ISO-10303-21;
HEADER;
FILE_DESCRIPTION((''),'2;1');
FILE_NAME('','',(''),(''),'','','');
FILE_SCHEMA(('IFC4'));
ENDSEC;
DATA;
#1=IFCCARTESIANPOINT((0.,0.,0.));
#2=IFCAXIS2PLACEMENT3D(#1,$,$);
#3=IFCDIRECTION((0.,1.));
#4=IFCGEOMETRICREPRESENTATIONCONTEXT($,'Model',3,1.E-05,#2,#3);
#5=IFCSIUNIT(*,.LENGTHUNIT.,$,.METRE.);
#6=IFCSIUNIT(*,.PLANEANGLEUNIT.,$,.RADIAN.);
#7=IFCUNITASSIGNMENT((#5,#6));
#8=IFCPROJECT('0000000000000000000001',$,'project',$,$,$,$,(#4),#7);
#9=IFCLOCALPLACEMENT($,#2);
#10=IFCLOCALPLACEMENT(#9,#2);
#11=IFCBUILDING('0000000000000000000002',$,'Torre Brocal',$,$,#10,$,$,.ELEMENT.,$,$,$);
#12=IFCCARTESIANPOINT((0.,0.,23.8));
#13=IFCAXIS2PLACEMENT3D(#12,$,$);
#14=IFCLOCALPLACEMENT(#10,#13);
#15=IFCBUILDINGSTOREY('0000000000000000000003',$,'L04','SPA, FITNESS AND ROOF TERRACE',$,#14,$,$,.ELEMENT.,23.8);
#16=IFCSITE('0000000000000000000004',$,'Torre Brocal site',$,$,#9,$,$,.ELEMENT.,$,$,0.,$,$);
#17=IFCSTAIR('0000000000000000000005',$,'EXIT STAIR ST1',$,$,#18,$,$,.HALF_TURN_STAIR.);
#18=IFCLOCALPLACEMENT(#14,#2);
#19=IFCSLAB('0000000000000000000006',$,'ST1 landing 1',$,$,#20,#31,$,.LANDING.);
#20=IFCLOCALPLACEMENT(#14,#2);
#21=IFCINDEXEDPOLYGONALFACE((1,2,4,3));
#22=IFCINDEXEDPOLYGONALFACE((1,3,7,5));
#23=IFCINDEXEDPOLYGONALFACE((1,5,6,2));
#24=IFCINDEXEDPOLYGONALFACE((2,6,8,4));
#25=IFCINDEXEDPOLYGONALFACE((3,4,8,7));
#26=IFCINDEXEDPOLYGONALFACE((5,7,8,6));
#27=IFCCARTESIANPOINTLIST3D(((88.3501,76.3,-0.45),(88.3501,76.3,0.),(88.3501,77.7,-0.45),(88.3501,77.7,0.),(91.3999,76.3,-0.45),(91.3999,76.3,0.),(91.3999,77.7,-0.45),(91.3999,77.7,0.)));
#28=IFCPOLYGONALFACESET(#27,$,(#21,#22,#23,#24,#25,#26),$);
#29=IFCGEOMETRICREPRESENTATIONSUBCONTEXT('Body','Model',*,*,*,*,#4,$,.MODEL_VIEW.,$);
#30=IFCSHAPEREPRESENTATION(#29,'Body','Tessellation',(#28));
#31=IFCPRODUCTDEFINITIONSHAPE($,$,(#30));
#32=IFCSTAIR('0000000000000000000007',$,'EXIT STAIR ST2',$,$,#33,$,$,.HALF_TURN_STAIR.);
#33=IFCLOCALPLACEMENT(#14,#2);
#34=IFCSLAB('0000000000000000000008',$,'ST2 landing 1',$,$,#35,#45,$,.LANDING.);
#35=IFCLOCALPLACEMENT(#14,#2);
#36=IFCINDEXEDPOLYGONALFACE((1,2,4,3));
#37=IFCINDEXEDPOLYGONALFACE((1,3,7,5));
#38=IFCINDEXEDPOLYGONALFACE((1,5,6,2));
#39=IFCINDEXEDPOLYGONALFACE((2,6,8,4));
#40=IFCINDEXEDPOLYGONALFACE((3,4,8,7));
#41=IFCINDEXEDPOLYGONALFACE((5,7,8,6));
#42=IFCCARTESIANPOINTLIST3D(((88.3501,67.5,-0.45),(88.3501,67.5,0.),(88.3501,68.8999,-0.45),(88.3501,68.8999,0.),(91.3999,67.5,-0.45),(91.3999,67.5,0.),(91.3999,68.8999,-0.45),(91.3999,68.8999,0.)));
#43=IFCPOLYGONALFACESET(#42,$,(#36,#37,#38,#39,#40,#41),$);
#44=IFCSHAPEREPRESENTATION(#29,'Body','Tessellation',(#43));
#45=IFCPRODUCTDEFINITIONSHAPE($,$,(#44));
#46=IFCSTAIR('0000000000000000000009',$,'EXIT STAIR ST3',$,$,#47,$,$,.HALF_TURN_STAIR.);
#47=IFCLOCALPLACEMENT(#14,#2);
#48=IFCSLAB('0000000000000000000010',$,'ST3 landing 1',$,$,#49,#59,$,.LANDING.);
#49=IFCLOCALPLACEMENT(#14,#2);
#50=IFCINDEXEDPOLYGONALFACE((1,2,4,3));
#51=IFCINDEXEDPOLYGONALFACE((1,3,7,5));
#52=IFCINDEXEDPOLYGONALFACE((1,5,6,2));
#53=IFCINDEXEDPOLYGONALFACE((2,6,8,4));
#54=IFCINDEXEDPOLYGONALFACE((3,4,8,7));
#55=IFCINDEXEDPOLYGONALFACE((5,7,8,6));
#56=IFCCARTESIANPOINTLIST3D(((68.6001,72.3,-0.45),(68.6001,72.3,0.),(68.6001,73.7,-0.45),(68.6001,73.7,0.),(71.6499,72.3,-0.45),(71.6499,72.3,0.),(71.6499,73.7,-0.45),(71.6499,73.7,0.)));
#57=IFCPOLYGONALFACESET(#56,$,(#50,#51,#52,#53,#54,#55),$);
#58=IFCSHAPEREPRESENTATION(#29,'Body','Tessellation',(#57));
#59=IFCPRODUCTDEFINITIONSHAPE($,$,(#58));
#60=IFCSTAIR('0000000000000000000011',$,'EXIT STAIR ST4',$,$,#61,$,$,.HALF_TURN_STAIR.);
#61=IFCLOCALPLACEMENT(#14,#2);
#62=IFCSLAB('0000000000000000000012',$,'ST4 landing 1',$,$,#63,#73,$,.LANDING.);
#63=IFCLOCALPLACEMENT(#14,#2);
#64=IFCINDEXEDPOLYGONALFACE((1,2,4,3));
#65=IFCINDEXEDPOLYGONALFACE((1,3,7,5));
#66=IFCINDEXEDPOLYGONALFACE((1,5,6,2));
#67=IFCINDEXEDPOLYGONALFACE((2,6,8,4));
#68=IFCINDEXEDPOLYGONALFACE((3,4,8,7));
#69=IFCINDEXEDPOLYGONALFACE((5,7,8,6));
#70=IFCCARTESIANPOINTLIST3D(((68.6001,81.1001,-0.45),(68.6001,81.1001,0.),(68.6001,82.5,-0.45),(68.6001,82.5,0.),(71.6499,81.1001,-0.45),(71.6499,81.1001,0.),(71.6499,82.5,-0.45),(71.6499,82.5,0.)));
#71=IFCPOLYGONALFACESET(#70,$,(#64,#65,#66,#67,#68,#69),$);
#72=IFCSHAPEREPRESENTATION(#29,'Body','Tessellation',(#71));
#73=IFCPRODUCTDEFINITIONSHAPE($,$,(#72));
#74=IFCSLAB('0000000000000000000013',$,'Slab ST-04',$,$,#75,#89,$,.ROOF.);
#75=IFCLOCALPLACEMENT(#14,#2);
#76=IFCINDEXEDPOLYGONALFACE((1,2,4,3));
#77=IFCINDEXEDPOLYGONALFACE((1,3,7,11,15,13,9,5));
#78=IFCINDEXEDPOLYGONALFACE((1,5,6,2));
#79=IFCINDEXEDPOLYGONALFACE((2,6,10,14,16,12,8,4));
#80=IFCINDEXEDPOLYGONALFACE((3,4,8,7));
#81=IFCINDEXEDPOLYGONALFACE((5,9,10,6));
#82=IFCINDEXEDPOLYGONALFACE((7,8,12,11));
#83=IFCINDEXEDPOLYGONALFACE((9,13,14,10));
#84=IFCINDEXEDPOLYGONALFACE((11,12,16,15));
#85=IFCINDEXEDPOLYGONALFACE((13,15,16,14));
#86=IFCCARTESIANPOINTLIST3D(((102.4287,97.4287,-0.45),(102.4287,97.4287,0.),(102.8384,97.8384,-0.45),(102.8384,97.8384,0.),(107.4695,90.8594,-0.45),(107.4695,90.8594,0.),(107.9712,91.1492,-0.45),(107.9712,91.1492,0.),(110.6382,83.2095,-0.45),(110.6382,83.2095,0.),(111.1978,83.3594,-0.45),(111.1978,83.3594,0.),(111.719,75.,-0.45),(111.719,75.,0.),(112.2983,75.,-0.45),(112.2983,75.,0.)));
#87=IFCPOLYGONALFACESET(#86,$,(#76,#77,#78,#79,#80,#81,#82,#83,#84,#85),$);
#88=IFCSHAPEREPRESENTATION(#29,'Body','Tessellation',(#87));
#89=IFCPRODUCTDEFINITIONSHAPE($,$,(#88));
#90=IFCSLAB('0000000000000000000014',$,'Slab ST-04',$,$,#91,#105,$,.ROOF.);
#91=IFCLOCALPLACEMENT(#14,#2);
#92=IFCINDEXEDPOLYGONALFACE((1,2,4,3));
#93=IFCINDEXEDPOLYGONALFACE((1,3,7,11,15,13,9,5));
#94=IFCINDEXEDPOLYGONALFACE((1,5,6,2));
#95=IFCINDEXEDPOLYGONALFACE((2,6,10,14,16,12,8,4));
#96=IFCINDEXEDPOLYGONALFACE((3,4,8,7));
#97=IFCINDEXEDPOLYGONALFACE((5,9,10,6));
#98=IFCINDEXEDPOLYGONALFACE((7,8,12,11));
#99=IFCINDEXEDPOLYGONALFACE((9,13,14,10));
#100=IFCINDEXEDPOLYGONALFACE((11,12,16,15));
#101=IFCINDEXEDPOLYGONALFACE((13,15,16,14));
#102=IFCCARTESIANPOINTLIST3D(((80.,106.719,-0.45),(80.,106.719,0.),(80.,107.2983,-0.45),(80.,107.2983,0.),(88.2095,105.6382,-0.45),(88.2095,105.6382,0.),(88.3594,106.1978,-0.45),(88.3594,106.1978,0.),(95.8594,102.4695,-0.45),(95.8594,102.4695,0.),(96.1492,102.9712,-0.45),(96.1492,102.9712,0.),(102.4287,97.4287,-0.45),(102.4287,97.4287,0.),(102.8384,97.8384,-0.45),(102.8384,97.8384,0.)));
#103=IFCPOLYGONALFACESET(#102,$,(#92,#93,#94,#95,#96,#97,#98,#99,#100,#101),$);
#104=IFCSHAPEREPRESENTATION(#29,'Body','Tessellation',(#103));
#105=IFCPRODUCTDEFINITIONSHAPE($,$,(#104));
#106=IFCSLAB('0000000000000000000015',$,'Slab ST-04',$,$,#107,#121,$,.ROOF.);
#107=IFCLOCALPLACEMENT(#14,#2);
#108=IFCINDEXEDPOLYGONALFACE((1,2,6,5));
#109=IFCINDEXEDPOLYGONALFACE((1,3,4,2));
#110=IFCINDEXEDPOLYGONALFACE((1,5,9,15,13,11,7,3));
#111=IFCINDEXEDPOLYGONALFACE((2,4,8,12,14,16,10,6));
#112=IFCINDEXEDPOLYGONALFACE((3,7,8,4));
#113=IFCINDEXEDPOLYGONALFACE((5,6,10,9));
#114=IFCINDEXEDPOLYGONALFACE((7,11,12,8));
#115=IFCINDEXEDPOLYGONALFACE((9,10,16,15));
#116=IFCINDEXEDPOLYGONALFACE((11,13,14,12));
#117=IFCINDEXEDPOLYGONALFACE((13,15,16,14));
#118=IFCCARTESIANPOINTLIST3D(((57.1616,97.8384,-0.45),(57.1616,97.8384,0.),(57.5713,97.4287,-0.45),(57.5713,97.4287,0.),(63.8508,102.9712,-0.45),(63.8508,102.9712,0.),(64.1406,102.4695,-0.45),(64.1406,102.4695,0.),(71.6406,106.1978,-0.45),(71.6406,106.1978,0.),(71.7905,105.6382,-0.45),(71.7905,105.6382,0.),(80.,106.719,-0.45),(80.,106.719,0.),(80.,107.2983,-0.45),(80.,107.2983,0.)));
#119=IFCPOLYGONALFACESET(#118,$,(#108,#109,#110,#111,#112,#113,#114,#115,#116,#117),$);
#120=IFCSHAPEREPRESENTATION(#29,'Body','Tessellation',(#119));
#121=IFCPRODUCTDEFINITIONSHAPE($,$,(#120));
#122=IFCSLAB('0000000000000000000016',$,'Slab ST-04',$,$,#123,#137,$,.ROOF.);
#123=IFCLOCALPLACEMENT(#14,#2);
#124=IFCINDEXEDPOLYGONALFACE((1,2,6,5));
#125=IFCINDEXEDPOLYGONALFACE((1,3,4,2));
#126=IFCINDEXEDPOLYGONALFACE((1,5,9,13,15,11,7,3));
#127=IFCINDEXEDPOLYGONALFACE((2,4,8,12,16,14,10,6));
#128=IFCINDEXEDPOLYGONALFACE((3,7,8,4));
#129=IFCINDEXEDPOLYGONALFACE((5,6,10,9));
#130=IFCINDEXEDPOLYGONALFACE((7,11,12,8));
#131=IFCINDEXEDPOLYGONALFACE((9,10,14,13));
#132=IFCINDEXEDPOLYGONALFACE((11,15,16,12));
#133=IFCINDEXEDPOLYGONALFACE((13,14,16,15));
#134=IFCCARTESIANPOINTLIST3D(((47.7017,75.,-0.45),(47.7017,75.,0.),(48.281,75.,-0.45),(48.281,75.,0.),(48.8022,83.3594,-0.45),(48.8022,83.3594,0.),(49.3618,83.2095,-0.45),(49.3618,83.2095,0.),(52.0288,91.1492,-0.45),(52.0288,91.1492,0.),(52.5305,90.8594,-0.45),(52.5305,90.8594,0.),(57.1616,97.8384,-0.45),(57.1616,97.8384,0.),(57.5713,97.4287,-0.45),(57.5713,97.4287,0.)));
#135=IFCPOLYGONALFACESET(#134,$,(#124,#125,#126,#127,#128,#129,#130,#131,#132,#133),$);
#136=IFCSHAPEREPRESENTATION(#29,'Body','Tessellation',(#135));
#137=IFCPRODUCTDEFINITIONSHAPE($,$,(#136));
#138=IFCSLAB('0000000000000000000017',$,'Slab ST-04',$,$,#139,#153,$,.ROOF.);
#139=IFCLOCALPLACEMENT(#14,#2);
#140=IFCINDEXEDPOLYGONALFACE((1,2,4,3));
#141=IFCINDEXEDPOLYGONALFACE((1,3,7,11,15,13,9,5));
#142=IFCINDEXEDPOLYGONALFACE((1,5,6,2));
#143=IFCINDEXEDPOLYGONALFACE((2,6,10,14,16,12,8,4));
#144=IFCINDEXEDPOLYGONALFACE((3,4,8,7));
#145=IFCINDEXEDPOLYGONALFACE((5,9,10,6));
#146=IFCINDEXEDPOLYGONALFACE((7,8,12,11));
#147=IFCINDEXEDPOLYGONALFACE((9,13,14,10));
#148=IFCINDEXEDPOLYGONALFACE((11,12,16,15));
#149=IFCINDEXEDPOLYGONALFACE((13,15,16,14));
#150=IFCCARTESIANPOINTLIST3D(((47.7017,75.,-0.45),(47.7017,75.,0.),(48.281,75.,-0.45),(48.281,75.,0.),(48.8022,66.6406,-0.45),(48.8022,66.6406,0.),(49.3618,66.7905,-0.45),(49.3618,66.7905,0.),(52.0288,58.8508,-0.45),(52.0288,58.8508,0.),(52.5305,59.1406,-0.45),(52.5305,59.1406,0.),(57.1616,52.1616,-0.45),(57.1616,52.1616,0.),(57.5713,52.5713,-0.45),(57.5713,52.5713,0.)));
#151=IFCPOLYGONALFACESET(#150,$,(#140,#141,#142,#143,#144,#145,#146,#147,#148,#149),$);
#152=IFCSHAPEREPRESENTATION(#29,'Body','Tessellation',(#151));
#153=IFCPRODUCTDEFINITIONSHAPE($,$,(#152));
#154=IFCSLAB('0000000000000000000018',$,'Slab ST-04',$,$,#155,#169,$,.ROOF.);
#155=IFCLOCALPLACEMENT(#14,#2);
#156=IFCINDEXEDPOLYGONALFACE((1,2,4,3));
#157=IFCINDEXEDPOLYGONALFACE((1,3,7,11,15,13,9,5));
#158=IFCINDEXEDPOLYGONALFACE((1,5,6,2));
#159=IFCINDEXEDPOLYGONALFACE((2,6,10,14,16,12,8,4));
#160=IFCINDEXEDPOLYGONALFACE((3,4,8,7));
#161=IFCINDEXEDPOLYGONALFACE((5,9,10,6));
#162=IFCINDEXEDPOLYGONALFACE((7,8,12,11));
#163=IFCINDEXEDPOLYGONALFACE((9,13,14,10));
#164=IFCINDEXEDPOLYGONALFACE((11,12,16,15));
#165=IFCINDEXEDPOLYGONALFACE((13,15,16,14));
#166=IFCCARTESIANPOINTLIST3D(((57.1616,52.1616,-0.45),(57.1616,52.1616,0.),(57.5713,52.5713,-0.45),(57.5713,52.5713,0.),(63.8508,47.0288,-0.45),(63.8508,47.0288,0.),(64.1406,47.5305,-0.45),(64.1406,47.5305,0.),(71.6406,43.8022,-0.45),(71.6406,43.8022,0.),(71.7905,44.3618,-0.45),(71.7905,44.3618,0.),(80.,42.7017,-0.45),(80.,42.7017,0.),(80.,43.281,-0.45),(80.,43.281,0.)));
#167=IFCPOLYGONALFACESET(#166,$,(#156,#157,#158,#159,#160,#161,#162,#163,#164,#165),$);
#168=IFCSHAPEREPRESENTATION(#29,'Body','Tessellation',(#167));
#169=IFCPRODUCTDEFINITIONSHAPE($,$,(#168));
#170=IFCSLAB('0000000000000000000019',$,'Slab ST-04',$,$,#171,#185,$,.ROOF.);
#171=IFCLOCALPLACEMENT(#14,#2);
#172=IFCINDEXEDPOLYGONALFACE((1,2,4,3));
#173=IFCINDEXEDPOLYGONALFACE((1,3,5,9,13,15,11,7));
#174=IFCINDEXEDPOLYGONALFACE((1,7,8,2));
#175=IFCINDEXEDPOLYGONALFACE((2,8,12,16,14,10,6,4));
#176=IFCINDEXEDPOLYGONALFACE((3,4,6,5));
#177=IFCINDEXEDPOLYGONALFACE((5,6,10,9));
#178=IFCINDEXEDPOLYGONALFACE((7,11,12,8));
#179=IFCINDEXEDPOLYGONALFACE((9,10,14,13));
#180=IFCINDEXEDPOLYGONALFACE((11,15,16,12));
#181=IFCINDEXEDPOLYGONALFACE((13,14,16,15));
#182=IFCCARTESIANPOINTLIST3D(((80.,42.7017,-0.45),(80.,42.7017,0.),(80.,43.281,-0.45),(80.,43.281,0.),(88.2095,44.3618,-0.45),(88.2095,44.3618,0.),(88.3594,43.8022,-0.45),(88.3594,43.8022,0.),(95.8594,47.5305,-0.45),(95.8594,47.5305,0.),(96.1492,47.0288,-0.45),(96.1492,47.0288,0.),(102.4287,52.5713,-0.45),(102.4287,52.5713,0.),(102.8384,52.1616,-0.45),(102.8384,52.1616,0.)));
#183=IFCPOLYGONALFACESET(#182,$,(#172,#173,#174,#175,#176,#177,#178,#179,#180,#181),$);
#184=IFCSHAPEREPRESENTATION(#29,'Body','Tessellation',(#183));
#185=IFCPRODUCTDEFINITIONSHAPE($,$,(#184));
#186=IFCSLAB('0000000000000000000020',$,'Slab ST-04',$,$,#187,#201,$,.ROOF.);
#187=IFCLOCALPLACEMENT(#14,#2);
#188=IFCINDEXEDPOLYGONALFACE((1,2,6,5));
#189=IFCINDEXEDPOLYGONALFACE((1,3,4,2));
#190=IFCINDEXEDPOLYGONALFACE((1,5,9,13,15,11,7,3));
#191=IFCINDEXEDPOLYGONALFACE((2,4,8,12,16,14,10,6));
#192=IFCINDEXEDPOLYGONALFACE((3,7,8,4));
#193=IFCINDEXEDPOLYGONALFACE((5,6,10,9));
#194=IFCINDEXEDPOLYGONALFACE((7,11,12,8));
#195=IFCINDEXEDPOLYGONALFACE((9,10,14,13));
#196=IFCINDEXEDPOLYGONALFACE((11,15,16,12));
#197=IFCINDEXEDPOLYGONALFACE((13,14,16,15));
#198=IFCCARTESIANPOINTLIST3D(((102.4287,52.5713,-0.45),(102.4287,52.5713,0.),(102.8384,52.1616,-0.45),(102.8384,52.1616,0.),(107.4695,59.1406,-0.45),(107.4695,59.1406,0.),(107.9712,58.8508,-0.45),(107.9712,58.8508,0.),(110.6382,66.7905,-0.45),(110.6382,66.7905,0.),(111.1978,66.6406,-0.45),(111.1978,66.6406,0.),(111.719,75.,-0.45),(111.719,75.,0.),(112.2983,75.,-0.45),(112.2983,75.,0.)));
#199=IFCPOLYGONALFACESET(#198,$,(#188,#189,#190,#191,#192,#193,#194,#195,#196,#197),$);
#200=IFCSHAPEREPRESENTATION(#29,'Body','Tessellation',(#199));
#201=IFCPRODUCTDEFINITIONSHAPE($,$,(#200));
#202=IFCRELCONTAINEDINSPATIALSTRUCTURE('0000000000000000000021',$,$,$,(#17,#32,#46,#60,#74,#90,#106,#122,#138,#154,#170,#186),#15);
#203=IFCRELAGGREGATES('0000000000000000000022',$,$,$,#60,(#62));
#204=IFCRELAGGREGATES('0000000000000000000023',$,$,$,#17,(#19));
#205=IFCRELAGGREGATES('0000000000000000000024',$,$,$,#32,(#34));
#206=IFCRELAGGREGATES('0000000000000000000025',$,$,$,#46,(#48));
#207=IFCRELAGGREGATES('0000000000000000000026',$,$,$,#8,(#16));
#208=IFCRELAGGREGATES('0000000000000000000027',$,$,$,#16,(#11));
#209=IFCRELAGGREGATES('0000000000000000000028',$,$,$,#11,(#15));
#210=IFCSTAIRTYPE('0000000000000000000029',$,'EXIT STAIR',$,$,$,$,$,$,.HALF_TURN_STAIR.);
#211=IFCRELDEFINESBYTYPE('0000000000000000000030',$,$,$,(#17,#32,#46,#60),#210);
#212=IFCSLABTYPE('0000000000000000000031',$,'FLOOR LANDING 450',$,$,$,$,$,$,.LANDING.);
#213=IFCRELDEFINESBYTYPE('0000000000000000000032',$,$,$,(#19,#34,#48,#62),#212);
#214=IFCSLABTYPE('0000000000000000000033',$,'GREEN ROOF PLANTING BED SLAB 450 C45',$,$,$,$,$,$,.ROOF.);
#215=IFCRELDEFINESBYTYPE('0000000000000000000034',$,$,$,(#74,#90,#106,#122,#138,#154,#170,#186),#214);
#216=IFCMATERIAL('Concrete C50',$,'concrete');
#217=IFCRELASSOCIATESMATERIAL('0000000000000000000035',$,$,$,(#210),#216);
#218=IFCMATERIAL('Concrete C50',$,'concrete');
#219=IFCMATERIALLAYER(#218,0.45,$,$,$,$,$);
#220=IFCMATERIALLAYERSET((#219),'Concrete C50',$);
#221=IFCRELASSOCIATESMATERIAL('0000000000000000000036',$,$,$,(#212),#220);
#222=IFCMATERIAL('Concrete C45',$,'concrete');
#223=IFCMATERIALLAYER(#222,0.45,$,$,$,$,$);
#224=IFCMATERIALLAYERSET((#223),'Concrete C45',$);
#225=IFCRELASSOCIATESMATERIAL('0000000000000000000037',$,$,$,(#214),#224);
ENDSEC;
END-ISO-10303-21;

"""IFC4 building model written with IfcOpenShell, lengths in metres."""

from ifc_helpers import new_model, si_unit, direction, frame, origin, place, context, subcontext, project, spatial, polyline, outline, extrude, material, layer, layer_set, type_object, element, aggregate, save


model = new_model("IFC4")

# Units and contexts
model_context = context("Model", 3, precision=1e-05, world=origin(), true_north=direction((0.0, 1.0)))
body_context = subcontext(model_context, "Body", "Model", "MODEL_VIEW")
ifc_project = project(units=[si_unit("LENGTHUNIT", "METRE"), si_unit("PLANEANGLEUNIT", "RADIAN")], contexts=[model_context])

# Site, building, storey
site_placement = place(None, origin())
site = spatial("IfcSite", under=ifc_project, at=site_placement, Name="Torre Brocal site", CompositionType="ELEMENT", RefElevation=0.0)
building_placement = place(site_placement, origin())
building = spatial("IfcBuilding", under=site, at=building_placement, Name="Torre Brocal", CompositionType="ELEMENT")
storey_placement = place(building_placement, frame((0.0, 0.0, 23.8)))
storey = spatial("IfcBuildingStorey", under=building, at=storey_placement, Name="L04", Description="SPA, FITNESS AND ROOF TERRACE", CompositionType="ELEMENT", Elevation=23.8)

# Stairs, slabs
ifc_material_1 = material(Name="Concrete C50", Category="concrete")
stair_type = type_object("IfcStairType", Name="EXIT STAIR", PredefinedType="HALF_TURN_STAIR", material=ifc_material_1)
stair_1_placement = place(storey_placement, origin())
stair_1 = element("IfcStair", 1, at=stair_1_placement, inside=storey, type_object=stair_type, Name="EXIT STAIR ST1", PredefinedType="HALF_TURN_STAIR")
ifc_material_2 = material(Name="Concrete C50", Category="concrete")
ifc_layer_1 = layer(ifc_material_2, 0.45)
ifc_layer_set_1 = layer_set([ifc_layer_1], Name="Concrete C50")
slab_type_1 = type_object("IfcSlabType", Name="FLOOR LANDING 450", PredefinedType="LANDING", material=ifc_layer_set_1)
slab_1_placement = place(storey_placement, frame((0.0, 0.0, -0.45)))
slab_1 = element("IfcSlab", 2, at=slab_1_placement, type_object=slab_type_1, Name="ST1 landing 1", PredefinedType="LANDING", context=body_context, shape_type="SweptSolid", body=[
    extrude(outline(polyline([(88.3501, 76.3), (91.3999, 76.3), (91.3999, 77.7), (88.3501, 77.7), (88.3501, 76.3)])), origin(), (0.0, 0.0, 1.0), 0.45),
])
stair_2_placement = place(storey_placement, origin())
stair_2 = element("IfcStair", 3, at=stair_2_placement, inside=storey, type_object=stair_type, Name="EXIT STAIR ST2", PredefinedType="HALF_TURN_STAIR")
slab_2_placement = place(storey_placement, frame((0.0, 0.0, -0.45)))
slab_2 = element("IfcSlab", 4, at=slab_2_placement, type_object=slab_type_1, Name="ST2 landing 1", PredefinedType="LANDING", context=body_context, shape_type="SweptSolid", body=[
    extrude(outline(polyline([(88.3501, 67.5), (91.3999, 67.5), (91.3999, 68.8999), (88.3501, 68.8999), (88.3501, 67.5)])), origin(), (0.0, 0.0, 1.0), 0.45),
])
stair_3_placement = place(storey_placement, origin())
stair_3 = element("IfcStair", 5, at=stair_3_placement, inside=storey, type_object=stair_type, Name="EXIT STAIR ST3", PredefinedType="HALF_TURN_STAIR")
slab_3_placement = place(storey_placement, frame((0.0, 0.0, -0.45)))
slab_3 = element("IfcSlab", 6, at=slab_3_placement, type_object=slab_type_1, Name="ST3 landing 1", PredefinedType="LANDING", context=body_context, shape_type="SweptSolid", body=[
    extrude(outline(polyline([(71.6499, 73.7), (68.6001, 73.7), (68.6001, 72.3), (71.6499, 72.3), (71.6499, 73.7)])), origin(), (0.0, 0.0, 1.0), 0.45),
])
stair_4_placement = place(storey_placement, origin())
stair_4 = element("IfcStair", 7, at=stair_4_placement, inside=storey, type_object=stair_type, Name="EXIT STAIR ST4", PredefinedType="HALF_TURN_STAIR")
slab_4_placement = place(storey_placement, frame((0.0, 0.0, -0.45)))
slab_4 = element("IfcSlab", 8, at=slab_4_placement, type_object=slab_type_1, Name="ST4 landing 1", PredefinedType="LANDING", context=body_context, shape_type="SweptSolid", body=[
    extrude(outline(polyline([(71.6499, 82.5), (68.6001, 82.5), (68.6001, 81.1001), (71.6499, 81.1001), (71.6499, 82.5)])), origin(), (0.0, 0.0, 1.0), 0.45),
])
aggregate(stair_4, [slab_4])

# Slabs
ifc_material_3 = material(Name="Concrete C45", Category="concrete")
ifc_layer_2 = layer(ifc_material_3, 0.45)
ifc_layer_set_2 = layer_set([ifc_layer_2], Name="Concrete C45")
slab_type_2 = type_object("IfcSlabType", Name="GREEN ROOF PLANTING BED SLAB 450 C45", PredefinedType="ROOF", material=ifc_layer_set_2)
slab_5_placement = place(storey_placement, frame((0.0, 0.0, -0.45)))
element("IfcSlab", 9, at=slab_5_placement, inside=storey, type_object=slab_type_2, Name="Slab ST-04", PredefinedType="ROOF", context=body_context, shape_type="SweptSolid", body=[
    extrude(outline(polyline([(112.2983, 75.0), (111.719, 75.0), (110.6382, 83.2095), (107.4695, 90.8594), (102.4287, 97.4287), (102.8384, 97.8384), (107.9712, 91.1492), (111.1978, 83.3594), (112.2983, 75.0)])), origin(), (0.0, 0.0, 1.0), 0.45),
])
slab_6_placement = place(storey_placement, frame((0.0, 0.0, -0.45)))
element("IfcSlab", 10, at=slab_6_placement, inside=storey, type_object=slab_type_2, Name="Slab ST-04", PredefinedType="ROOF", context=body_context, shape_type="SweptSolid", body=[
    extrude(outline(polyline([(102.8384, 97.8384), (102.4287, 97.4287), (95.8594, 102.4695), (88.2095, 105.6382), (80.0, 106.719), (80.0, 107.2983), (88.3594, 106.1978), (96.1492, 102.9712), (102.8384, 97.8384)])), origin(), (0.0, 0.0, 1.0), 0.45),
])
slab_7_placement = place(storey_placement, frame((0.0, 0.0, -0.45)))
element("IfcSlab", 11, at=slab_7_placement, inside=storey, type_object=slab_type_2, Name="Slab ST-04", PredefinedType="ROOF", context=body_context, shape_type="SweptSolid", body=[
    extrude(outline(polyline([(57.1616, 97.8384), (63.8508, 102.9712), (71.6406, 106.1978), (80.0, 107.2983), (80.0, 106.719), (71.7905, 105.6382), (64.1406, 102.4695), (57.5713, 97.4287), (57.1616, 97.8384)])), origin(), (0.0, 0.0, 1.0), 0.45),
])
slab_8_placement = place(storey_placement, frame((0.0, 0.0, -0.45)))
element("IfcSlab", 12, at=slab_8_placement, inside=storey, type_object=slab_type_2, Name="Slab ST-04", PredefinedType="ROOF", context=body_context, shape_type="SweptSolid", body=[
    extrude(outline(polyline([(57.1616, 97.8384), (57.5713, 97.4287), (52.5305, 90.8594), (49.3618, 83.2095), (48.281, 75.0), (47.7017, 75.0), (48.8022, 83.3594), (52.0288, 91.1492), (57.1616, 97.8384)])), origin(), (0.0, 0.0, 1.0), 0.45),
])
slab_9_placement = place(storey_placement, frame((0.0, 0.0, -0.45)))
element("IfcSlab", 13, at=slab_9_placement, inside=storey, type_object=slab_type_2, Name="Slab ST-04", PredefinedType="ROOF", context=body_context, shape_type="SweptSolid", body=[
    extrude(outline(polyline([(47.7017, 75.0), (48.281, 75.0), (49.3618, 66.7905), (52.5305, 59.1406), (57.5713, 52.5713), (57.1616, 52.1616), (52.0288, 58.8508), (48.8022, 66.6406), (47.7017, 75.0)])), origin(), (0.0, 0.0, 1.0), 0.45),
])
slab_10_placement = place(storey_placement, frame((0.0, 0.0, -0.45)))
element("IfcSlab", 14, at=slab_10_placement, inside=storey, type_object=slab_type_2, Name="Slab ST-04", PredefinedType="ROOF", context=body_context, shape_type="SweptSolid", body=[
    extrude(outline(polyline([(57.1616, 52.1616), (57.5713, 52.5713), (64.1406, 47.5305), (71.7905, 44.3618), (80.0, 43.281), (80.0, 42.7017), (71.6406, 43.8022), (63.8508, 47.0288), (57.1616, 52.1616)])), origin(), (0.0, 0.0, 1.0), 0.45),
])
slab_11_placement = place(storey_placement, frame((0.0, 0.0, -0.45)))
element("IfcSlab", 15, at=slab_11_placement, inside=storey, type_object=slab_type_2, Name="Slab ST-04", PredefinedType="ROOF", context=body_context, shape_type="SweptSolid", body=[
    extrude(outline(polyline([(80.0, 42.7017), (80.0, 43.281), (88.2095, 44.3618), (95.8594, 47.5305), (102.4287, 52.5713), (102.8384, 52.1616), (96.1492, 47.0288), (88.3594, 43.8022), (80.0, 42.7017)])), origin(), (0.0, 0.0, 1.0), 0.45),
])
slab_12_placement = place(storey_placement, frame((0.0, 0.0, -0.45)))
element("IfcSlab", 16, at=slab_12_placement, inside=storey, type_object=slab_type_2, Name="Slab ST-04", PredefinedType="ROOF", context=body_context, shape_type="SweptSolid", body=[
    extrude(outline(polyline([(107.4695, 59.1406), (110.6382, 66.7905), (111.719, 75.0), (112.2983, 75.0), (111.1978, 66.6406), (107.9712, 58.8508), (102.8384, 52.1616), (102.4287, 52.5713), (107.4695, 59.1406)])), origin(), (0.0, 0.0, 1.0), 0.45),
])

aggregate(stair_1, [slab_1])
aggregate(stair_2, [slab_2])
aggregate(stair_3, [slab_3])

save(model, "model.ifc")
